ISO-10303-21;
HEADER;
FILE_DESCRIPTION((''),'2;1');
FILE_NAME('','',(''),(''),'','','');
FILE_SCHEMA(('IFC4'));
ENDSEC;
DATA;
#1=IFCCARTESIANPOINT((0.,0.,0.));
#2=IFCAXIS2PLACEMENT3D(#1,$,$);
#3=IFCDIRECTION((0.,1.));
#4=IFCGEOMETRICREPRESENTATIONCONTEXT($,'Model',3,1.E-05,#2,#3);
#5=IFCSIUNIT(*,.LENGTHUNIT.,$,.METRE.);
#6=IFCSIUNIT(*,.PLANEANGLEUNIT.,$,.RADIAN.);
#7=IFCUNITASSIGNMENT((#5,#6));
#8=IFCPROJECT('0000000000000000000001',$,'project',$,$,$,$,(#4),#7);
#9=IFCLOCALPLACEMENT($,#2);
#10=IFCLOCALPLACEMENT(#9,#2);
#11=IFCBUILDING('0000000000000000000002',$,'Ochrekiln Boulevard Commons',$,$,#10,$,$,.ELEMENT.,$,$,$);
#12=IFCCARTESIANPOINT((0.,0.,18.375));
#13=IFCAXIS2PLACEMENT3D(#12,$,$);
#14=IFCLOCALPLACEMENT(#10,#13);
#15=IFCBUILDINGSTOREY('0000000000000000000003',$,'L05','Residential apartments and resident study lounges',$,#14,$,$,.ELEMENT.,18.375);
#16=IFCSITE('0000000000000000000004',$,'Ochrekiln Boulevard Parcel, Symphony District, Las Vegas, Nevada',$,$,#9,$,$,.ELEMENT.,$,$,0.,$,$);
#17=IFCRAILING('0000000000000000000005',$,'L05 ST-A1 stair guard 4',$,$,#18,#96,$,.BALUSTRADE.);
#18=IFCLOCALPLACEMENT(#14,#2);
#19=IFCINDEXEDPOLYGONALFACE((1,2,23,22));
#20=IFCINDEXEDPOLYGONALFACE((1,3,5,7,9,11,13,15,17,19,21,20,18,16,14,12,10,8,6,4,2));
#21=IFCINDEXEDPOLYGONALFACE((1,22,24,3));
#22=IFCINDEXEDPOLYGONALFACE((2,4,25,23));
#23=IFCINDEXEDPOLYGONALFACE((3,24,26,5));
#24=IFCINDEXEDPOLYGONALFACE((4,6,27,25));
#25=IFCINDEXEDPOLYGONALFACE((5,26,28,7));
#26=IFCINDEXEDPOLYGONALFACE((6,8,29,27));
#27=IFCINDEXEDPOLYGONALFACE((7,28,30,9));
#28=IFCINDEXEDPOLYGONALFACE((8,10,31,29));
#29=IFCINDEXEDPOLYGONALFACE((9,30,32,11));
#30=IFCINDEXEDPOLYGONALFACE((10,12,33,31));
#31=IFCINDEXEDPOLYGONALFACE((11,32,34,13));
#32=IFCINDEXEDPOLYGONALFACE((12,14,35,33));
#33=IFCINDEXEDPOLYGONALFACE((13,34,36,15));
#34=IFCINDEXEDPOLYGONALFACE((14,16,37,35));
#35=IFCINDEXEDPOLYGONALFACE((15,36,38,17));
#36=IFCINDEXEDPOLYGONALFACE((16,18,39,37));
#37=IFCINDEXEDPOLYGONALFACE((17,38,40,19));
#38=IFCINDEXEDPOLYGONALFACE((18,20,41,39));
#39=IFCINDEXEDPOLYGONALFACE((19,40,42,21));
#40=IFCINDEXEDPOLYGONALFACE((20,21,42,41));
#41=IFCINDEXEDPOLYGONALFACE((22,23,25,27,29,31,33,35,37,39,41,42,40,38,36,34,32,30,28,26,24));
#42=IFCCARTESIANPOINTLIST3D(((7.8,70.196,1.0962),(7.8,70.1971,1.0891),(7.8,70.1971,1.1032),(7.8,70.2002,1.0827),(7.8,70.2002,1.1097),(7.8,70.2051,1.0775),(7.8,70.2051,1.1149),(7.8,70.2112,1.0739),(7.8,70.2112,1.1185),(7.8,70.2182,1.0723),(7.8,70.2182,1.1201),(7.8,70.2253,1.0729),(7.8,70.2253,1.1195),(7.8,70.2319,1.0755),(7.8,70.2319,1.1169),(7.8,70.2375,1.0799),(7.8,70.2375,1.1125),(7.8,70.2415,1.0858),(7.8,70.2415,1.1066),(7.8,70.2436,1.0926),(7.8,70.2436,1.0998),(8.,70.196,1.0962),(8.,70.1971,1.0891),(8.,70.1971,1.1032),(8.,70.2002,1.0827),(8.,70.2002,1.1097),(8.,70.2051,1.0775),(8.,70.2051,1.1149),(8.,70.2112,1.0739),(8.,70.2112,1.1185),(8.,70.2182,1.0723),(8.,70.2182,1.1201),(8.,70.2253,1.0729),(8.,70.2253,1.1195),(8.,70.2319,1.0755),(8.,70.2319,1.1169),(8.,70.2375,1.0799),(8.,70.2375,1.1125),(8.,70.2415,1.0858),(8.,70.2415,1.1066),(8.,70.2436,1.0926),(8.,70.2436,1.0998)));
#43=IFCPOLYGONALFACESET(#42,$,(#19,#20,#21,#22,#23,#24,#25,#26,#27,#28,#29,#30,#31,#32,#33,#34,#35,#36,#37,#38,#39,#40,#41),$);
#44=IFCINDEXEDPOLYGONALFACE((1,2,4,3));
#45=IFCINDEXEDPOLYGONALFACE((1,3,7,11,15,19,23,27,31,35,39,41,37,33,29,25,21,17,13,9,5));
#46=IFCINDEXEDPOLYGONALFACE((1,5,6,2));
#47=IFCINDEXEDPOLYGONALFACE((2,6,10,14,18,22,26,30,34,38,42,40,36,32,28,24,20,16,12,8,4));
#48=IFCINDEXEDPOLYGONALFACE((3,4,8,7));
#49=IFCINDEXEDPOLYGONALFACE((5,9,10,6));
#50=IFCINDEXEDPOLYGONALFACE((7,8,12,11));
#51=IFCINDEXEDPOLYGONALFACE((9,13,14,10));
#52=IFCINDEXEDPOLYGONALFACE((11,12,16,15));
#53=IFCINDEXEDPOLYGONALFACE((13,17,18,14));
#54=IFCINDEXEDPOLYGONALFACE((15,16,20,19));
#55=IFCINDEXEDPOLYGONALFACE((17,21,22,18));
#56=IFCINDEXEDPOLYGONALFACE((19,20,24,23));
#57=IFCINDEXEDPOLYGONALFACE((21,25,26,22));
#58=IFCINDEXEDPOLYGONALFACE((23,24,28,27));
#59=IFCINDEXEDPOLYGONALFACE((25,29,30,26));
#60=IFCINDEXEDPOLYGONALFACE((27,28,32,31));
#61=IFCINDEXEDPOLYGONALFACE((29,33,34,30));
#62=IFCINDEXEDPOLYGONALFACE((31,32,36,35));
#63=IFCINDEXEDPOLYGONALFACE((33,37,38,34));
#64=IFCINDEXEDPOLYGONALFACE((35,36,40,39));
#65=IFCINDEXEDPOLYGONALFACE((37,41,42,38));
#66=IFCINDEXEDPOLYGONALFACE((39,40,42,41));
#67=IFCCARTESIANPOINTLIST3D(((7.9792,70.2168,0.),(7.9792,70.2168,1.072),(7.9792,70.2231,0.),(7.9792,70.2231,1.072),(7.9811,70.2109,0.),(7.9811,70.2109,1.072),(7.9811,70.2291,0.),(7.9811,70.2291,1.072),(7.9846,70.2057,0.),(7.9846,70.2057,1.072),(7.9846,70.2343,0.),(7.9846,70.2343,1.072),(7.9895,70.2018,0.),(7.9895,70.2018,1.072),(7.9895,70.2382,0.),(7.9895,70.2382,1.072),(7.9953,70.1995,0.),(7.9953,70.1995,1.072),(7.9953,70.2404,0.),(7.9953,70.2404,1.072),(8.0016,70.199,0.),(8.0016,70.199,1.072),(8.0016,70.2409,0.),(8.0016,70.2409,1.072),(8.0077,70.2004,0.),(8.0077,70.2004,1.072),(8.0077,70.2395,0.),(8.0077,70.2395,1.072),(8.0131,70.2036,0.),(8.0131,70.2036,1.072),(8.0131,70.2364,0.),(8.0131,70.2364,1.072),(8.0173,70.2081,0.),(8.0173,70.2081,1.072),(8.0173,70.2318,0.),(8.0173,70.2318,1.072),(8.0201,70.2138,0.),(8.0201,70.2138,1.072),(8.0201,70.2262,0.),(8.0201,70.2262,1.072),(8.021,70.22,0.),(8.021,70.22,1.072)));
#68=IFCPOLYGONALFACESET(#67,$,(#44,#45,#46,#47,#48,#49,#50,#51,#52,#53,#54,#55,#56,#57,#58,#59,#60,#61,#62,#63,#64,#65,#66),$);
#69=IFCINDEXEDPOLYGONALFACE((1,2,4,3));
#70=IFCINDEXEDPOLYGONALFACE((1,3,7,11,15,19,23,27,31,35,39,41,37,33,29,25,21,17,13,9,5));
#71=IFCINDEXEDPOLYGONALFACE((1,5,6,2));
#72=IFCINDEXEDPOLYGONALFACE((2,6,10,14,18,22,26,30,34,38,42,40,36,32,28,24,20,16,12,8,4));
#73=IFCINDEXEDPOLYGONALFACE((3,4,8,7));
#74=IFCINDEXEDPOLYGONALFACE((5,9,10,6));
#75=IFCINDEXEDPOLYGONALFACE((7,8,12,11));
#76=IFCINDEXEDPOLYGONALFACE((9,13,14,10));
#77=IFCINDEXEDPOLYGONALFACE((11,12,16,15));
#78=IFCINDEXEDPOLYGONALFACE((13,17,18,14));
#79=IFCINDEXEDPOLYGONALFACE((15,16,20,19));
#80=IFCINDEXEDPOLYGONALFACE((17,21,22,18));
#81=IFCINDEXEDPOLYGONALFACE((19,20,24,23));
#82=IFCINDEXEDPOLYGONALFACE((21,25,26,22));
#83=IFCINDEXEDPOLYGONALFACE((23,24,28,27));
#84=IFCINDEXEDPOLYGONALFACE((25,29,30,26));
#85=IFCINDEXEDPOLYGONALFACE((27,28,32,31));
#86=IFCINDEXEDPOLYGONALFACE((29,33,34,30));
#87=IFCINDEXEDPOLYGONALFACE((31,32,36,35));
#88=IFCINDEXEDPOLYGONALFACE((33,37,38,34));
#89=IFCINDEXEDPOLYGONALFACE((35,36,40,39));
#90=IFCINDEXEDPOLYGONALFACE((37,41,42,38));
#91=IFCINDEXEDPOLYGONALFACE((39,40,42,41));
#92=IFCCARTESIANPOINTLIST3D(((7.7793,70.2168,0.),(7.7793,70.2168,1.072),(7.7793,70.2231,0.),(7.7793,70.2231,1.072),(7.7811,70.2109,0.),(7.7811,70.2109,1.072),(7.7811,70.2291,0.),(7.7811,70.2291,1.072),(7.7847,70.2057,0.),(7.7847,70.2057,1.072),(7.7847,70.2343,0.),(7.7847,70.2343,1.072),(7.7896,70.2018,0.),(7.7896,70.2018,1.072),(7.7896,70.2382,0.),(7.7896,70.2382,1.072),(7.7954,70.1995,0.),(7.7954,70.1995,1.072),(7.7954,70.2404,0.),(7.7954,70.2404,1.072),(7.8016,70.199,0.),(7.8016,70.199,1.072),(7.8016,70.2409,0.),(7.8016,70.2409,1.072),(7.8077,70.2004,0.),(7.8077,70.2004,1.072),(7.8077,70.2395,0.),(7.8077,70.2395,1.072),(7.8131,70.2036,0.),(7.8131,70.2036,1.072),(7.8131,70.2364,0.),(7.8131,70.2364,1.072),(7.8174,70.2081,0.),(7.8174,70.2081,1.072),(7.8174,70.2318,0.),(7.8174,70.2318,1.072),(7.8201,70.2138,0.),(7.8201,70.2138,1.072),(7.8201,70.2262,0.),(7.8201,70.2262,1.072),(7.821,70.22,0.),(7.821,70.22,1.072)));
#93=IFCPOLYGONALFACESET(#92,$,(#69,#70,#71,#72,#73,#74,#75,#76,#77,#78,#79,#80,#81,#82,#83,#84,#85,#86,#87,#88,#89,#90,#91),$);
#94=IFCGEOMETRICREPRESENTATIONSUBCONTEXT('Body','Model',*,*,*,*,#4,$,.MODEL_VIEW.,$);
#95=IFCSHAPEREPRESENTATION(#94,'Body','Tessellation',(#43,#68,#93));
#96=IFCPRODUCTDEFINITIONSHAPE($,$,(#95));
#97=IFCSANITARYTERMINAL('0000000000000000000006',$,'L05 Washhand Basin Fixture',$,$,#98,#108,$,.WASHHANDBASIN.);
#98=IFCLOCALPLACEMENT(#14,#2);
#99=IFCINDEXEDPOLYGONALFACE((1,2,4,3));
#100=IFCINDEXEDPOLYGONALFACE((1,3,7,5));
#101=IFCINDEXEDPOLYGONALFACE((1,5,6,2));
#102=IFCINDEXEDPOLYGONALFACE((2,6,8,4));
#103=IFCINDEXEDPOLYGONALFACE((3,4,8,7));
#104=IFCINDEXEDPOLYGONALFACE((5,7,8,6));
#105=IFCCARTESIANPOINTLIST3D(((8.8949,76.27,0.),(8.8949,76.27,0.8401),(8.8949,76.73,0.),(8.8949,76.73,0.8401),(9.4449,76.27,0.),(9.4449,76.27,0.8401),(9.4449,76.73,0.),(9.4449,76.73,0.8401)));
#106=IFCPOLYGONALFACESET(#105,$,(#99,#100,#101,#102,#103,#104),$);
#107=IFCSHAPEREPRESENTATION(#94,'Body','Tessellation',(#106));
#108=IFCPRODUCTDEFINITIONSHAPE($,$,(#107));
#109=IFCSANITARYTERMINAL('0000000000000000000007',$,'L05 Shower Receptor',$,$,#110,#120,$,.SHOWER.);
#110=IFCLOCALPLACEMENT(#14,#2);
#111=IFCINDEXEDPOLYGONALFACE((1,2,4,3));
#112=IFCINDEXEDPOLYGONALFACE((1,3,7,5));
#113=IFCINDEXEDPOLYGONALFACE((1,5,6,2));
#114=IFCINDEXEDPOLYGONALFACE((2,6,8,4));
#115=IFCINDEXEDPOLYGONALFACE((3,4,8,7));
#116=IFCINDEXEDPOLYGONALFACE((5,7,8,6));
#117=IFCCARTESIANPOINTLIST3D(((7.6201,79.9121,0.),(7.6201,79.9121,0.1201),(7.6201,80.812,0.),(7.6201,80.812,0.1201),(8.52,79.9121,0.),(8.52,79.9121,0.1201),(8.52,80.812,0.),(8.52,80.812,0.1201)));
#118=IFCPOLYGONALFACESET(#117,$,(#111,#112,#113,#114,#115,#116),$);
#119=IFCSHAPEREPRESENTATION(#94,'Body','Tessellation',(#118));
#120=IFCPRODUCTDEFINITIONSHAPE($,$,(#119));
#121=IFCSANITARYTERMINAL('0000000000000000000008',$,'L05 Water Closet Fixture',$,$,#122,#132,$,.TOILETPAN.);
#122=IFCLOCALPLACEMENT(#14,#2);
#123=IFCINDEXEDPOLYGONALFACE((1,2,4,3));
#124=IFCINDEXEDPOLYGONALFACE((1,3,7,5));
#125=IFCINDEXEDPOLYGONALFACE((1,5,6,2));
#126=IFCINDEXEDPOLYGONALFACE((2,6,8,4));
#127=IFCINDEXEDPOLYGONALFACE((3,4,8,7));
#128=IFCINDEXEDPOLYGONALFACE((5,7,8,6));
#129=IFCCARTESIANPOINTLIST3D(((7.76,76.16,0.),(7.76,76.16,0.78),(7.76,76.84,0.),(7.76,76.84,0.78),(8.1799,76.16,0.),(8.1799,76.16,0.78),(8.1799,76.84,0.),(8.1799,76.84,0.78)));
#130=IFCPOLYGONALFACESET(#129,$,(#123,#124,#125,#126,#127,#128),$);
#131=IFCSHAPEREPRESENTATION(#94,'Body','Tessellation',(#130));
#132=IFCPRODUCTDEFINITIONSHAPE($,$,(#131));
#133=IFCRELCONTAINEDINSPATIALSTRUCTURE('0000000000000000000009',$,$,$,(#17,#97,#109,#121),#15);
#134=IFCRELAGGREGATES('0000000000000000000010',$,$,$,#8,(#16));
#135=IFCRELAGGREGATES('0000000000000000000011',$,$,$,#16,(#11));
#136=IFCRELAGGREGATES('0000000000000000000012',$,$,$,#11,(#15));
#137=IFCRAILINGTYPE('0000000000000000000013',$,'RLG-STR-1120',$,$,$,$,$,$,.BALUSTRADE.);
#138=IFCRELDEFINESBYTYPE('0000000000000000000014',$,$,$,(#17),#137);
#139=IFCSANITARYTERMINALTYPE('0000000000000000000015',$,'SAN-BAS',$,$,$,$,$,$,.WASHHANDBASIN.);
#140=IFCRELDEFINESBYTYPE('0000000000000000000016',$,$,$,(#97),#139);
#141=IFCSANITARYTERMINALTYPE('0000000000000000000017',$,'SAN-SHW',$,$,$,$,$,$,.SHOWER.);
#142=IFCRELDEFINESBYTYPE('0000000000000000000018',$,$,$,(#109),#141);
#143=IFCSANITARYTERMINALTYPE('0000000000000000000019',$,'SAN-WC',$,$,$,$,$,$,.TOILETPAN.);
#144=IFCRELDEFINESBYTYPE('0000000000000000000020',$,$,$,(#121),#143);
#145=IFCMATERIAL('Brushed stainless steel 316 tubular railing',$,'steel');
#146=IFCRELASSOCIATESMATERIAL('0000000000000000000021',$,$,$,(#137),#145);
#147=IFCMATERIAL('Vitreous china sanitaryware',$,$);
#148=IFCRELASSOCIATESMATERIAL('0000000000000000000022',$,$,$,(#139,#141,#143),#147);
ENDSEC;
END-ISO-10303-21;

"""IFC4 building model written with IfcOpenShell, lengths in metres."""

from ifc_helpers import new_model, si_unit, direction, frame, origin, origin_2d, place, context, subcontext, project, spatial, rectangle, circle, extrude, material, type_object, element, save


model = new_model("IFC4")

# Units and contexts
model_context = context("Model", 3, precision=1e-05, world=origin(), true_north=direction((0.0, 1.0)))
body_context = subcontext(model_context, "Body", "Model", "MODEL_VIEW")
ifc_project = project(units=[si_unit("LENGTHUNIT", "METRE"), si_unit("PLANEANGLEUNIT", "RADIAN")], contexts=[model_context])

# Site, building, storey
site_placement = place(None, origin())
site = spatial("IfcSite", under=ifc_project, at=site_placement, Name="Ochrekiln Boulevard Parcel, Symphony District, Las Vegas, Nevada", CompositionType="ELEMENT", RefElevation=0.0)
building_placement = place(site_placement, origin())
building = spatial("IfcBuilding", under=site, at=building_placement, Name="Ochrekiln Boulevard Commons", CompositionType="ELEMENT")
storey_placement = place(building_placement, frame((0.0, 0.0, 18.375)))
storey = spatial("IfcBuildingStorey", under=building, at=storey_placement, Name="L05", Description="Residential apartments and resident study lounges", CompositionType="ELEMENT", Elevation=18.375)

# Railing
ifc_material_1 = material(Name="Brushed stainless steel 316 tubular railing", Category="steel")
railing_type_1 = type_object("IfcRailingType", Name="RLG-STR-1120", PredefinedType="BALUSTRADE", material=ifc_material_1)
railing_1_placement = place(storey_placement, frame((8.0, 70.22, 0.0)))
element("IfcRailing", 1, at=railing_1_placement, inside=storey, type_object=railing_type_1, Name="L05 ST-A1 stair guard 4", PredefinedType="BALUSTRADE", context=body_context, shape_type="SweptSolid", body=[
    extrude(circle(Radius=0.0239, at=origin_2d()), frame((0.0, 0.0, 1.0962), z_axis=(-1.0, 0.0, 0.0), x_axis=(0.0, -1.0, 0.0)), (0.0, 0.0, 1.0), 0.2),
    extrude(circle(Radius=0.021, at=origin_2d()), origin(), (0.0, 0.0, 1.0), 1.072),
    extrude(circle(Radius=0.021, at=origin_2d()), frame((-0.2, 0.0, 0.0)), (0.0, 0.0, 1.0), 1.072),
])

# Sanitary terminals
ifc_material_2 = material(Name="Vitreous china sanitaryware")
sanitary_terminal_type_1 = type_object("IfcSanitaryTerminalType", Name="SAN-BAS", PredefinedType="WASHHANDBASIN", material=ifc_material_2)
sanitary_terminal_1_placement = place(storey_placement, frame((9.1699, 76.5, 0.0), z_axis=(0.0, 0.0, 1.0), x_axis=(1.0, 0.0, 0.0)))
element("IfcSanitaryTerminal", 2, at=sanitary_terminal_1_placement, inside=storey, type_object=sanitary_terminal_type_1, Name="L05 Washhand Basin Fixture", PredefinedType="WASHHANDBASIN", context=body_context, shape_type="SweptSolid", body=[
    extrude(rectangle(XDim=0.55, YDim=0.46, at=origin_2d()), origin(), (0.0, 0.0, 1.0), 0.8401),
])
sanitary_terminal_type_2 = type_object("IfcSanitaryTerminalType", Name="SAN-SHW", PredefinedType="SHOWER", material=ifc_material_2)
sanitary_terminal_2_placement = place(storey_placement, frame((8.0701, 80.3621, 0.0), z_axis=(0.0, 0.0, 1.0), x_axis=(1.0, 0.0, 0.0)))
element("IfcSanitaryTerminal", 3, at=sanitary_terminal_2_placement, inside=storey, type_object=sanitary_terminal_type_2, Name="L05 Shower Receptor", PredefinedType="SHOWER", context=body_context, shape_type="SweptSolid", body=[
    extrude(rectangle(XDim=0.8999, YDim=0.8999, at=origin_2d()), origin(), (0.0, 0.0, 1.0), 0.1201),
])
sanitary_terminal_type_3 = type_object("IfcSanitaryTerminalType", Name="SAN-WC", PredefinedType="TOILETPAN", material=ifc_material_2)
sanitary_terminal_3_placement = place(storey_placement, frame((7.97, 76.5, 0.0), z_axis=(0.0, 0.0, 1.0), x_axis=(1.0, 0.0, 0.0)))
element("IfcSanitaryTerminal", 4, at=sanitary_terminal_3_placement, inside=storey, type_object=sanitary_terminal_type_3, Name="L05 Water Closet Fixture", PredefinedType="TOILETPAN", context=body_context, shape_type="SweptSolid", body=[
    extrude(rectangle(XDim=0.4199, YDim=0.6799, at=origin_2d()), origin(), (0.0, 0.0, 1.0), 0.78),
])

save(model, "model.ifc")
